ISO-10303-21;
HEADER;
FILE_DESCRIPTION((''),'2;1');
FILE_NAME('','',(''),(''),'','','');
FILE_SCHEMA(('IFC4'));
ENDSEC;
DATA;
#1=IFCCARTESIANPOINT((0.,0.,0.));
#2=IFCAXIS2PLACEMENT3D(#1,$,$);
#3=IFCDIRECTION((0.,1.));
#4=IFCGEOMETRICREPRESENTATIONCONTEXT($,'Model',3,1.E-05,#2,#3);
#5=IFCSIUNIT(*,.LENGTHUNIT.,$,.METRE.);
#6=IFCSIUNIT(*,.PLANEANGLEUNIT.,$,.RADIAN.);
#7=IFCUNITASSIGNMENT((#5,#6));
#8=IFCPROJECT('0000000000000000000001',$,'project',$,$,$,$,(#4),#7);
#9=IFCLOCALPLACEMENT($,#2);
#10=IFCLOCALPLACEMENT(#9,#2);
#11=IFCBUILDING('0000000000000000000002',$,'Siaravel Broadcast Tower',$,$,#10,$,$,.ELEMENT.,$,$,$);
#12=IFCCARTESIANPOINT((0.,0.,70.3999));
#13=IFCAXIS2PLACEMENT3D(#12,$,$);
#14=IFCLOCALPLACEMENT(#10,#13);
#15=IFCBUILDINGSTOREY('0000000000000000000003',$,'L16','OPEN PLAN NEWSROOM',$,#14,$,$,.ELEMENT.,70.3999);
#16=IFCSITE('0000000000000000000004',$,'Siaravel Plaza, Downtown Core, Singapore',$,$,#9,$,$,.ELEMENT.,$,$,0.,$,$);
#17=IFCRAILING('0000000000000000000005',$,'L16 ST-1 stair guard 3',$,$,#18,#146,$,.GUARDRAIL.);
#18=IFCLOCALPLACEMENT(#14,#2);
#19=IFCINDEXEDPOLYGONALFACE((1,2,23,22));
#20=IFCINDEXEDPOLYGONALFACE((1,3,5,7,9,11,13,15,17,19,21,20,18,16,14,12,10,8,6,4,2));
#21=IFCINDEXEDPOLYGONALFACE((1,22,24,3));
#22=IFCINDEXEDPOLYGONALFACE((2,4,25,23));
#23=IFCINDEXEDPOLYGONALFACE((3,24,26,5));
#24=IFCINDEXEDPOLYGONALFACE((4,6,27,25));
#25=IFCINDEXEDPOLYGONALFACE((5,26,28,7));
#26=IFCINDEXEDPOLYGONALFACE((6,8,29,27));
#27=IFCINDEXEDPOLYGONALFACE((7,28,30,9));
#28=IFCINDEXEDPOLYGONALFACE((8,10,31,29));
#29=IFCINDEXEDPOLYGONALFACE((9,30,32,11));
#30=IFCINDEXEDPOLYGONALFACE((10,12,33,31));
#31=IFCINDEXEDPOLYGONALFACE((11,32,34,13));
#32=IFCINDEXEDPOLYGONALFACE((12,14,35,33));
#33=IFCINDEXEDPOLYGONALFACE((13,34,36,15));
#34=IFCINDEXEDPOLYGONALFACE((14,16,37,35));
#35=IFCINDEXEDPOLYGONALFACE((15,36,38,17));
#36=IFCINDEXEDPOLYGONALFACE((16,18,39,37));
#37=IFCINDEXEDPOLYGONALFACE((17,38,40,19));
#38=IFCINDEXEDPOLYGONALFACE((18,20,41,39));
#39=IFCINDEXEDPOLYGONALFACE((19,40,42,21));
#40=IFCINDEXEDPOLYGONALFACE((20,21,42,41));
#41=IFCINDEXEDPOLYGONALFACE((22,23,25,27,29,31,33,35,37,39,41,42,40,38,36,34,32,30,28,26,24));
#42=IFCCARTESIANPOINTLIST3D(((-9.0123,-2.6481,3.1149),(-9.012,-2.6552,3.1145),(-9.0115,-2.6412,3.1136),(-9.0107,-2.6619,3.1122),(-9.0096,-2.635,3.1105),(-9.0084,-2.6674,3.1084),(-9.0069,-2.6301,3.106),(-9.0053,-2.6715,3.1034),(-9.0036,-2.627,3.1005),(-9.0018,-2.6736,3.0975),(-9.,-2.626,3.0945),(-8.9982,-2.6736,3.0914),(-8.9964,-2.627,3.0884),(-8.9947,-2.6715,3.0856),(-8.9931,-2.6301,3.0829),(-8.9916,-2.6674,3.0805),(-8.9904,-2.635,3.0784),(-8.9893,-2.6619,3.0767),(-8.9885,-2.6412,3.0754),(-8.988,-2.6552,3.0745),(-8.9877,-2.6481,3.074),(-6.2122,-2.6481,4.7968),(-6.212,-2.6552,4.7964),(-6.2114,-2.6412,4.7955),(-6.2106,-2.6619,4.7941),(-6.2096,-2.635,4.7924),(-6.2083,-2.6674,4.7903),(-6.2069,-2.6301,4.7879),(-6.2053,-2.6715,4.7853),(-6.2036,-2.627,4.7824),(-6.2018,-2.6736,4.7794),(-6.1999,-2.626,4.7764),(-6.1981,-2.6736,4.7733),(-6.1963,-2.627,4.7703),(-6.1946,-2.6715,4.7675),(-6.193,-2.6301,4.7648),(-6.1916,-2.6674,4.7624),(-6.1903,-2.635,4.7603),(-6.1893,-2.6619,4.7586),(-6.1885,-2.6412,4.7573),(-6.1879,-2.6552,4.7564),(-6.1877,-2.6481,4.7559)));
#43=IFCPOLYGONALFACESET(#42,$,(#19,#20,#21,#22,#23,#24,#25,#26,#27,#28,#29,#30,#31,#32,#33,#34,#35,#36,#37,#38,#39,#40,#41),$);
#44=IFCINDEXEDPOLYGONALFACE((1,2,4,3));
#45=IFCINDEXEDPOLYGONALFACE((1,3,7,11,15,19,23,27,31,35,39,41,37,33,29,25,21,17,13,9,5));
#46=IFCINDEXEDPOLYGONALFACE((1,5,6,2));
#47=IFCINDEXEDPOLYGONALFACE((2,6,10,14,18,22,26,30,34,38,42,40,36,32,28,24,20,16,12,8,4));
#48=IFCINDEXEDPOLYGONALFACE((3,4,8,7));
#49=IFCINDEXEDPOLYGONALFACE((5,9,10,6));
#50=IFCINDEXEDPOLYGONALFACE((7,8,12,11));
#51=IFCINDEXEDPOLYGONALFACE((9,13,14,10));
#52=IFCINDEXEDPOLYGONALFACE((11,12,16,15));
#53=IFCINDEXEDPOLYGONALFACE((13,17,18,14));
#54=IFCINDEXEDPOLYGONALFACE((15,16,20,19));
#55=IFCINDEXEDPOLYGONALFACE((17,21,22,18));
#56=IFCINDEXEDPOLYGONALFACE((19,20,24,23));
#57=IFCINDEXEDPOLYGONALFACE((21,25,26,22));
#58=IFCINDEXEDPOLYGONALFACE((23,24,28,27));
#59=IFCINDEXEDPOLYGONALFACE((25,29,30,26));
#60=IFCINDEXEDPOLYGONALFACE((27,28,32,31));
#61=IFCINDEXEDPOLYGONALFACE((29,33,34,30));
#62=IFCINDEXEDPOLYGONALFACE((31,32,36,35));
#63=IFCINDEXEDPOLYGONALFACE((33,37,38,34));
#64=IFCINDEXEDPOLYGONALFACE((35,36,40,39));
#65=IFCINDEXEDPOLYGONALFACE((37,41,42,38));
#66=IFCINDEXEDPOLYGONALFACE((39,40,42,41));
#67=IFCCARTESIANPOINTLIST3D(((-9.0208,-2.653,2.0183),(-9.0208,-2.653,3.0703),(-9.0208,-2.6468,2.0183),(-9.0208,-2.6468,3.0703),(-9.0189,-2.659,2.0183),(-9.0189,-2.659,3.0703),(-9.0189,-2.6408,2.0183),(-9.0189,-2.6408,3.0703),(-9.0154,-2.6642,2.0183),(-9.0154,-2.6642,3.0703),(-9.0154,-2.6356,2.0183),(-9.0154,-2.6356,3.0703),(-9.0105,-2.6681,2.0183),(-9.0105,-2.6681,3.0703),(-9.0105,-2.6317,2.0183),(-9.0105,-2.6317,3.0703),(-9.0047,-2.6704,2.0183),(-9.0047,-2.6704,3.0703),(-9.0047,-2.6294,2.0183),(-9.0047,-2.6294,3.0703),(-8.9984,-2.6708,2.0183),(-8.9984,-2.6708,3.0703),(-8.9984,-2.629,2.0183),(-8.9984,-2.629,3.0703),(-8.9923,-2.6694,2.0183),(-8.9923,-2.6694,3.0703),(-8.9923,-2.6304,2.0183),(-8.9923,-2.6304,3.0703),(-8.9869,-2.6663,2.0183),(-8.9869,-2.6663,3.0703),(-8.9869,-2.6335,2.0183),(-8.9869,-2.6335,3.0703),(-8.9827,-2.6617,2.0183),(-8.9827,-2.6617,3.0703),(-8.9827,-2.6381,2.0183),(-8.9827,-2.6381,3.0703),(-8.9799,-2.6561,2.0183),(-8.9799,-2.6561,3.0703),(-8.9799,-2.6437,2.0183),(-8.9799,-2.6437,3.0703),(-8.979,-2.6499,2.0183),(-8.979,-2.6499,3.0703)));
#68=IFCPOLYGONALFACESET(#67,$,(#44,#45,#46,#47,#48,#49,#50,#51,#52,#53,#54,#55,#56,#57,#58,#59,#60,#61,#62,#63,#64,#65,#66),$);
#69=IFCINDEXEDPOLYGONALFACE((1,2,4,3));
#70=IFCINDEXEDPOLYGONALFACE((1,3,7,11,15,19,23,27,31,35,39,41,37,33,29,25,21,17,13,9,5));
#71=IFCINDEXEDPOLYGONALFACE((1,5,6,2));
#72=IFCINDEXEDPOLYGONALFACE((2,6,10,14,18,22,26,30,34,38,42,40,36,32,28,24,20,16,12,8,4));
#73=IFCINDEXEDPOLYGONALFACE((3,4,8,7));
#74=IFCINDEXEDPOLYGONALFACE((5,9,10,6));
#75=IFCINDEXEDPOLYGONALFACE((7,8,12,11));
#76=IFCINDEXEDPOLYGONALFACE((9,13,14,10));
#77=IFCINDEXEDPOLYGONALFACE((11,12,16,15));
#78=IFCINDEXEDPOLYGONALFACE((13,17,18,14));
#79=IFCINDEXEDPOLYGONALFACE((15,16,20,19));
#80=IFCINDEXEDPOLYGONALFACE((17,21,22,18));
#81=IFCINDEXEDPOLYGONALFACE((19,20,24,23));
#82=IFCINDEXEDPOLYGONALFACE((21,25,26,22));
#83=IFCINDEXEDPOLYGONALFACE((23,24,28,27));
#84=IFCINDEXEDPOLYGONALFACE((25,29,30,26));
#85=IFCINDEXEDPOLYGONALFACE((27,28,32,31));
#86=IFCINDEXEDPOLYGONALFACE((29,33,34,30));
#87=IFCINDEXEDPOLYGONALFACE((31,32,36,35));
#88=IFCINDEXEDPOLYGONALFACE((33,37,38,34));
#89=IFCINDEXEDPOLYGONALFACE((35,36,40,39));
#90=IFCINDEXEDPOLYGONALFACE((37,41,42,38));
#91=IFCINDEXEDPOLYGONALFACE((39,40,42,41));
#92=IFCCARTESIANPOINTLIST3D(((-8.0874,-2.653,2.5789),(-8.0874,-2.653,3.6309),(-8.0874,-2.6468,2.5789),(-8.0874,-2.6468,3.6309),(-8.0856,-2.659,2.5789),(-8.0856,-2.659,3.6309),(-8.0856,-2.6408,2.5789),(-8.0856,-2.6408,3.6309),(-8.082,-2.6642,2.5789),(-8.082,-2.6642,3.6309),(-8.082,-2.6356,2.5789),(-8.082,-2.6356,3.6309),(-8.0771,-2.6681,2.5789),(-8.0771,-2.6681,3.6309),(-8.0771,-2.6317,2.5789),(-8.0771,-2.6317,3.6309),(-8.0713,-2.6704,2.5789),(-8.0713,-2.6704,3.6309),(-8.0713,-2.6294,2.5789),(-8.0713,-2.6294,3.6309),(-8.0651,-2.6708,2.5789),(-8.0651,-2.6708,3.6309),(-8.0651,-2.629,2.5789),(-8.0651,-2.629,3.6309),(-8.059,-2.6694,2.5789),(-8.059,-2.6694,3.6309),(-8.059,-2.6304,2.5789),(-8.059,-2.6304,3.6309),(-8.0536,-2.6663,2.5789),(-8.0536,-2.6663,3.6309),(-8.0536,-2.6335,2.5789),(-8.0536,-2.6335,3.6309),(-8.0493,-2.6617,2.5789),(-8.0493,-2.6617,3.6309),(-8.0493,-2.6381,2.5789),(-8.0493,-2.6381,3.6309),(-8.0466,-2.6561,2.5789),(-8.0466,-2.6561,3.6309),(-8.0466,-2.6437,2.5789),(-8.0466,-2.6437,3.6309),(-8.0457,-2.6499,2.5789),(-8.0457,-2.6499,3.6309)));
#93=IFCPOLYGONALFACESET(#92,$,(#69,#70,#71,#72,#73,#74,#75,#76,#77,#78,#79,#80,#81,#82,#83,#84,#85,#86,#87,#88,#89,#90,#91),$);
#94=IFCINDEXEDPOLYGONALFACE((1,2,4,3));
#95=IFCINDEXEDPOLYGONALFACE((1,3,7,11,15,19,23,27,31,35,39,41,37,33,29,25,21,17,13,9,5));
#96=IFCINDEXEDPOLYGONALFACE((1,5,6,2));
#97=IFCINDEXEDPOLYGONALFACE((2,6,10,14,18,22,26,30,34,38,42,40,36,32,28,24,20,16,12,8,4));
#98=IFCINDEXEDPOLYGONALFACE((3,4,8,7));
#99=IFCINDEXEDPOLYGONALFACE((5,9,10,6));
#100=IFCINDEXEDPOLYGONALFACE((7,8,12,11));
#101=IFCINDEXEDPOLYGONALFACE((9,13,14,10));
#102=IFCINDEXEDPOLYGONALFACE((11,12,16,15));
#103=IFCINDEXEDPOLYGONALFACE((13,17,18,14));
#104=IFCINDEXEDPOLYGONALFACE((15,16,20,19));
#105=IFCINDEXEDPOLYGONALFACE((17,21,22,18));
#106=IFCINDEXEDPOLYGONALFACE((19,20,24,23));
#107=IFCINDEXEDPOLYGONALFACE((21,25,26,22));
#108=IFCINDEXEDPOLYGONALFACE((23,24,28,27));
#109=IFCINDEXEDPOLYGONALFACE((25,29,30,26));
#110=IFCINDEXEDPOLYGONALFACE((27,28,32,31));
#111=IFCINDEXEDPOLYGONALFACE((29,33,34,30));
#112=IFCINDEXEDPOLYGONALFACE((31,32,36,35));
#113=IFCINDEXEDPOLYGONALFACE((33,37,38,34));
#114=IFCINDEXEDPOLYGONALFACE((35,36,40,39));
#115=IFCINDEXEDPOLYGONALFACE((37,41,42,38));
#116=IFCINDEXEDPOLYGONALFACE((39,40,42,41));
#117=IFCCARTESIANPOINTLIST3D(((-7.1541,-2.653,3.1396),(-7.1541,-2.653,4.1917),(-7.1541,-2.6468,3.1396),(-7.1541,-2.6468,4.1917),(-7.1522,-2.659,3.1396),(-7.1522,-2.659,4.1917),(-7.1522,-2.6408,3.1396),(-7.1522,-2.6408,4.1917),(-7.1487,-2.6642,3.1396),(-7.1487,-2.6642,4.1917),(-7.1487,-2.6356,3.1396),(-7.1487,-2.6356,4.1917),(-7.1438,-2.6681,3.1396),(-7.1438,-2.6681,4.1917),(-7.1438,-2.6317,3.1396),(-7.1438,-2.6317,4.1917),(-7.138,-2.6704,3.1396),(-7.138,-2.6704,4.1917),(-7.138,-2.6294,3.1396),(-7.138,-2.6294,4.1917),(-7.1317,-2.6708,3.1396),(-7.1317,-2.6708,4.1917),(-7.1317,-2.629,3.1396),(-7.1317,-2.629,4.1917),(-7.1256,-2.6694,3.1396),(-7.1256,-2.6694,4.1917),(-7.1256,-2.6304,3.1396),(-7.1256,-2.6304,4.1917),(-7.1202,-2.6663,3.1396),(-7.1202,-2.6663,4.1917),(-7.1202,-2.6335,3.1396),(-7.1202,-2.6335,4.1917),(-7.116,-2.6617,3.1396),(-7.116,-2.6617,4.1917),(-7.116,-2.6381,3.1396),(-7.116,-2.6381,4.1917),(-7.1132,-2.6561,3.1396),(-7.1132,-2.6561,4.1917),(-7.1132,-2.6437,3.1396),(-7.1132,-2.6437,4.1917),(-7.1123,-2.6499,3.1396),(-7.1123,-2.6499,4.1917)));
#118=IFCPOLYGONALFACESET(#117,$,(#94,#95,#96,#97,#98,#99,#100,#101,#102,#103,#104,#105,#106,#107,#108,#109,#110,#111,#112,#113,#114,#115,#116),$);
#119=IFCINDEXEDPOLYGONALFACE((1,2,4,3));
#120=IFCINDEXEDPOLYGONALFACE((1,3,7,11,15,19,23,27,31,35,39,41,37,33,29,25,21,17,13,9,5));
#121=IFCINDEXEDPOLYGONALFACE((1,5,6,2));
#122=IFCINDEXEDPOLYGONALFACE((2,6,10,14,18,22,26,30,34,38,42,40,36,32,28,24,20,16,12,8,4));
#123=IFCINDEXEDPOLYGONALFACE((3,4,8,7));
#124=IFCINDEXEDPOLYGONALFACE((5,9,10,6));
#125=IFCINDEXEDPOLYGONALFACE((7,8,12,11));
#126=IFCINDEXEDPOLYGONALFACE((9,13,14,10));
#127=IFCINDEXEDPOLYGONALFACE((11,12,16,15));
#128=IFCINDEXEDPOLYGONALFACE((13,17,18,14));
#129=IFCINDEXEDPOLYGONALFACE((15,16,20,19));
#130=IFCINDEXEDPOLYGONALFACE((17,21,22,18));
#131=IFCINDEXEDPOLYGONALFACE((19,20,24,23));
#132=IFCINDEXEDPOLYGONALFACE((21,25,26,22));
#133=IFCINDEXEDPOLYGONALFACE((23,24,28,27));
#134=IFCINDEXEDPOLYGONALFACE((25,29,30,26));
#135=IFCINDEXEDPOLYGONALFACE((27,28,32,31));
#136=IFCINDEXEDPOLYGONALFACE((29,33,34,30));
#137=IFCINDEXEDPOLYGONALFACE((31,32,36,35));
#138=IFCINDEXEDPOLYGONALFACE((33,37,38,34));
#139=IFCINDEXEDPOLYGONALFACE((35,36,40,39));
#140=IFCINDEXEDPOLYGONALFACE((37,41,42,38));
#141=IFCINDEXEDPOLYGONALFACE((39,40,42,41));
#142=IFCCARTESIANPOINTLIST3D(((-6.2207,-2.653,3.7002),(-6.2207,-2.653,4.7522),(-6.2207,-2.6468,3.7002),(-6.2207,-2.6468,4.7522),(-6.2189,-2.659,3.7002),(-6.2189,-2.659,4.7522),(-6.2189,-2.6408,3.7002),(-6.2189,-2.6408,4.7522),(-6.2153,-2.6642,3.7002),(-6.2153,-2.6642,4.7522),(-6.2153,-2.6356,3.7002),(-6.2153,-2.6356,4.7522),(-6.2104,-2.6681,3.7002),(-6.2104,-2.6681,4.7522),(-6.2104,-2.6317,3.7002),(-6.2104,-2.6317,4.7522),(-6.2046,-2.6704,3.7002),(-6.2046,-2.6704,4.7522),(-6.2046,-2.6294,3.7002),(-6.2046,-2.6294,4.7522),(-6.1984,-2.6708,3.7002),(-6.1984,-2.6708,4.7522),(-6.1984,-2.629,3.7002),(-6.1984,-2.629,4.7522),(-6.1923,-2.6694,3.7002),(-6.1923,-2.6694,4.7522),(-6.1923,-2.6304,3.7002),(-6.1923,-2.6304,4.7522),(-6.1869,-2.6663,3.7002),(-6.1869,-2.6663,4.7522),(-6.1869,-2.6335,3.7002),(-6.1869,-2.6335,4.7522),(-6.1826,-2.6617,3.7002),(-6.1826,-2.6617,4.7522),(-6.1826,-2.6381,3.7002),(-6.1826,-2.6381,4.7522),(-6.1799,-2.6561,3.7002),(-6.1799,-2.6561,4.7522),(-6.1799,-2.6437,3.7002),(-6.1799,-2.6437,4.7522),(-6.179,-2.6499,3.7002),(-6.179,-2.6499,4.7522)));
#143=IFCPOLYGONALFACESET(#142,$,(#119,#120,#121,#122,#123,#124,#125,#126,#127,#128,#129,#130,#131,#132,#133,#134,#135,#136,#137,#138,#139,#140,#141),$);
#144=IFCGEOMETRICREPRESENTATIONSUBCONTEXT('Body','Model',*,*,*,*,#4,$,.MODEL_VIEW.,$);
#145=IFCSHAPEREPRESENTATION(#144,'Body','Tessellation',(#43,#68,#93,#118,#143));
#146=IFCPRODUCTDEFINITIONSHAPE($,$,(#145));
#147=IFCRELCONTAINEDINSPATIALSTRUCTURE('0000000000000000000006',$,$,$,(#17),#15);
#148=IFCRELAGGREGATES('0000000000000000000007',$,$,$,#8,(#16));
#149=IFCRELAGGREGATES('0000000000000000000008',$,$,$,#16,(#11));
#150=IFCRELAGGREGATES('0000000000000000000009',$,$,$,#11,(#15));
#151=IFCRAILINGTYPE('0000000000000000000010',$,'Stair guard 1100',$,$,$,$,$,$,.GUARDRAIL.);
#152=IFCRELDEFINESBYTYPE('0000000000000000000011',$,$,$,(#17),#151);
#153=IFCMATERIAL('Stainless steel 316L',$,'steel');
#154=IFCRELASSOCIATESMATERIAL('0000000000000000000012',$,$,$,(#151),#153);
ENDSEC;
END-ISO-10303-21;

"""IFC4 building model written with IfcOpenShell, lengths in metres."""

from ifc_helpers import new_model, si_unit, direction, frame, origin, origin_2d, place, context, subcontext, project, spatial, circle, extrude, material, type_object, element, save


model = new_model("IFC4")

# Units and contexts
model_context = context("Model", 3, precision=1e-05, world=origin(), true_north=direction((0.0, 1.0)))
body_context = subcontext(model_context, "Body", "Model", "MODEL_VIEW")
ifc_project = project(units=[si_unit("LENGTHUNIT", "METRE"), si_unit("PLANEANGLEUNIT", "RADIAN")], contexts=[model_context])

# Site, building, storey
site_placement = place(None, origin())
site = spatial("IfcSite", under=ifc_project, at=site_placement, Name="Siaravel Plaza, Downtown Core, Singapore", CompositionType="ELEMENT", RefElevation=0.0)
building_placement = place(site_placement, origin())
building = spatial("IfcBuilding", under=site, at=building_placement, Name="Siaravel Broadcast Tower", CompositionType="ELEMENT")
storey_placement = place(building_placement, frame((0.0, 0.0, 70.3999)))
storey = spatial("IfcBuildingStorey", under=building, at=storey_placement, Name="L16", Description="OPEN PLAN NEWSROOM", CompositionType="ELEMENT", Elevation=70.3999)

# Shared definitions
ifc_material_1 = material(Name="Stainless steel 316L", Category="steel")

# Railing
railing_type_1 = type_object("IfcRailingType", Name="Stair guard 1100", PredefinedType="GUARDRAIL", material=ifc_material_1)
railing_1_placement = place(storey_placement, frame((-9.0, -2.6499, 2.0183)))
element("IfcRailing", 1, at=railing_1_placement, inside=storey, type_object=railing_type_1, Name="L16 ST-1 stair guard 3", PredefinedType="GUARDRAIL", context=body_context, shape_type="SweptSolid", body=[
    extrude(circle(Radius=0.0239, at=origin_2d()), frame((0.0, 0.0, 1.0762), z_axis=(0.857242, 0.0, 0.514913), x_axis=(0.0, 1.0, 0.0)), (0.0, 0.0, 1.0), 3.2664),
    extrude(circle(Radius=0.021, at=origin_2d()), origin(), (0.0, 0.0, 1.0), 1.052),
    extrude(circle(Radius=0.021, at=origin_2d()), frame((0.9333, 0.0, 0.5605)), (0.0, 0.0, 1.0), 1.052),
    extrude(circle(Radius=0.021, at=origin_2d()), frame((1.8667, 0.0, 1.1213)), (0.0, 0.0, 1.0), 1.052),
    extrude(circle(Radius=0.021, at=origin_2d()), frame((2.8, 0.0, 1.6819)), (0.0, 0.0, 1.0), 1.052),
])

save(model, "model.ifc")
